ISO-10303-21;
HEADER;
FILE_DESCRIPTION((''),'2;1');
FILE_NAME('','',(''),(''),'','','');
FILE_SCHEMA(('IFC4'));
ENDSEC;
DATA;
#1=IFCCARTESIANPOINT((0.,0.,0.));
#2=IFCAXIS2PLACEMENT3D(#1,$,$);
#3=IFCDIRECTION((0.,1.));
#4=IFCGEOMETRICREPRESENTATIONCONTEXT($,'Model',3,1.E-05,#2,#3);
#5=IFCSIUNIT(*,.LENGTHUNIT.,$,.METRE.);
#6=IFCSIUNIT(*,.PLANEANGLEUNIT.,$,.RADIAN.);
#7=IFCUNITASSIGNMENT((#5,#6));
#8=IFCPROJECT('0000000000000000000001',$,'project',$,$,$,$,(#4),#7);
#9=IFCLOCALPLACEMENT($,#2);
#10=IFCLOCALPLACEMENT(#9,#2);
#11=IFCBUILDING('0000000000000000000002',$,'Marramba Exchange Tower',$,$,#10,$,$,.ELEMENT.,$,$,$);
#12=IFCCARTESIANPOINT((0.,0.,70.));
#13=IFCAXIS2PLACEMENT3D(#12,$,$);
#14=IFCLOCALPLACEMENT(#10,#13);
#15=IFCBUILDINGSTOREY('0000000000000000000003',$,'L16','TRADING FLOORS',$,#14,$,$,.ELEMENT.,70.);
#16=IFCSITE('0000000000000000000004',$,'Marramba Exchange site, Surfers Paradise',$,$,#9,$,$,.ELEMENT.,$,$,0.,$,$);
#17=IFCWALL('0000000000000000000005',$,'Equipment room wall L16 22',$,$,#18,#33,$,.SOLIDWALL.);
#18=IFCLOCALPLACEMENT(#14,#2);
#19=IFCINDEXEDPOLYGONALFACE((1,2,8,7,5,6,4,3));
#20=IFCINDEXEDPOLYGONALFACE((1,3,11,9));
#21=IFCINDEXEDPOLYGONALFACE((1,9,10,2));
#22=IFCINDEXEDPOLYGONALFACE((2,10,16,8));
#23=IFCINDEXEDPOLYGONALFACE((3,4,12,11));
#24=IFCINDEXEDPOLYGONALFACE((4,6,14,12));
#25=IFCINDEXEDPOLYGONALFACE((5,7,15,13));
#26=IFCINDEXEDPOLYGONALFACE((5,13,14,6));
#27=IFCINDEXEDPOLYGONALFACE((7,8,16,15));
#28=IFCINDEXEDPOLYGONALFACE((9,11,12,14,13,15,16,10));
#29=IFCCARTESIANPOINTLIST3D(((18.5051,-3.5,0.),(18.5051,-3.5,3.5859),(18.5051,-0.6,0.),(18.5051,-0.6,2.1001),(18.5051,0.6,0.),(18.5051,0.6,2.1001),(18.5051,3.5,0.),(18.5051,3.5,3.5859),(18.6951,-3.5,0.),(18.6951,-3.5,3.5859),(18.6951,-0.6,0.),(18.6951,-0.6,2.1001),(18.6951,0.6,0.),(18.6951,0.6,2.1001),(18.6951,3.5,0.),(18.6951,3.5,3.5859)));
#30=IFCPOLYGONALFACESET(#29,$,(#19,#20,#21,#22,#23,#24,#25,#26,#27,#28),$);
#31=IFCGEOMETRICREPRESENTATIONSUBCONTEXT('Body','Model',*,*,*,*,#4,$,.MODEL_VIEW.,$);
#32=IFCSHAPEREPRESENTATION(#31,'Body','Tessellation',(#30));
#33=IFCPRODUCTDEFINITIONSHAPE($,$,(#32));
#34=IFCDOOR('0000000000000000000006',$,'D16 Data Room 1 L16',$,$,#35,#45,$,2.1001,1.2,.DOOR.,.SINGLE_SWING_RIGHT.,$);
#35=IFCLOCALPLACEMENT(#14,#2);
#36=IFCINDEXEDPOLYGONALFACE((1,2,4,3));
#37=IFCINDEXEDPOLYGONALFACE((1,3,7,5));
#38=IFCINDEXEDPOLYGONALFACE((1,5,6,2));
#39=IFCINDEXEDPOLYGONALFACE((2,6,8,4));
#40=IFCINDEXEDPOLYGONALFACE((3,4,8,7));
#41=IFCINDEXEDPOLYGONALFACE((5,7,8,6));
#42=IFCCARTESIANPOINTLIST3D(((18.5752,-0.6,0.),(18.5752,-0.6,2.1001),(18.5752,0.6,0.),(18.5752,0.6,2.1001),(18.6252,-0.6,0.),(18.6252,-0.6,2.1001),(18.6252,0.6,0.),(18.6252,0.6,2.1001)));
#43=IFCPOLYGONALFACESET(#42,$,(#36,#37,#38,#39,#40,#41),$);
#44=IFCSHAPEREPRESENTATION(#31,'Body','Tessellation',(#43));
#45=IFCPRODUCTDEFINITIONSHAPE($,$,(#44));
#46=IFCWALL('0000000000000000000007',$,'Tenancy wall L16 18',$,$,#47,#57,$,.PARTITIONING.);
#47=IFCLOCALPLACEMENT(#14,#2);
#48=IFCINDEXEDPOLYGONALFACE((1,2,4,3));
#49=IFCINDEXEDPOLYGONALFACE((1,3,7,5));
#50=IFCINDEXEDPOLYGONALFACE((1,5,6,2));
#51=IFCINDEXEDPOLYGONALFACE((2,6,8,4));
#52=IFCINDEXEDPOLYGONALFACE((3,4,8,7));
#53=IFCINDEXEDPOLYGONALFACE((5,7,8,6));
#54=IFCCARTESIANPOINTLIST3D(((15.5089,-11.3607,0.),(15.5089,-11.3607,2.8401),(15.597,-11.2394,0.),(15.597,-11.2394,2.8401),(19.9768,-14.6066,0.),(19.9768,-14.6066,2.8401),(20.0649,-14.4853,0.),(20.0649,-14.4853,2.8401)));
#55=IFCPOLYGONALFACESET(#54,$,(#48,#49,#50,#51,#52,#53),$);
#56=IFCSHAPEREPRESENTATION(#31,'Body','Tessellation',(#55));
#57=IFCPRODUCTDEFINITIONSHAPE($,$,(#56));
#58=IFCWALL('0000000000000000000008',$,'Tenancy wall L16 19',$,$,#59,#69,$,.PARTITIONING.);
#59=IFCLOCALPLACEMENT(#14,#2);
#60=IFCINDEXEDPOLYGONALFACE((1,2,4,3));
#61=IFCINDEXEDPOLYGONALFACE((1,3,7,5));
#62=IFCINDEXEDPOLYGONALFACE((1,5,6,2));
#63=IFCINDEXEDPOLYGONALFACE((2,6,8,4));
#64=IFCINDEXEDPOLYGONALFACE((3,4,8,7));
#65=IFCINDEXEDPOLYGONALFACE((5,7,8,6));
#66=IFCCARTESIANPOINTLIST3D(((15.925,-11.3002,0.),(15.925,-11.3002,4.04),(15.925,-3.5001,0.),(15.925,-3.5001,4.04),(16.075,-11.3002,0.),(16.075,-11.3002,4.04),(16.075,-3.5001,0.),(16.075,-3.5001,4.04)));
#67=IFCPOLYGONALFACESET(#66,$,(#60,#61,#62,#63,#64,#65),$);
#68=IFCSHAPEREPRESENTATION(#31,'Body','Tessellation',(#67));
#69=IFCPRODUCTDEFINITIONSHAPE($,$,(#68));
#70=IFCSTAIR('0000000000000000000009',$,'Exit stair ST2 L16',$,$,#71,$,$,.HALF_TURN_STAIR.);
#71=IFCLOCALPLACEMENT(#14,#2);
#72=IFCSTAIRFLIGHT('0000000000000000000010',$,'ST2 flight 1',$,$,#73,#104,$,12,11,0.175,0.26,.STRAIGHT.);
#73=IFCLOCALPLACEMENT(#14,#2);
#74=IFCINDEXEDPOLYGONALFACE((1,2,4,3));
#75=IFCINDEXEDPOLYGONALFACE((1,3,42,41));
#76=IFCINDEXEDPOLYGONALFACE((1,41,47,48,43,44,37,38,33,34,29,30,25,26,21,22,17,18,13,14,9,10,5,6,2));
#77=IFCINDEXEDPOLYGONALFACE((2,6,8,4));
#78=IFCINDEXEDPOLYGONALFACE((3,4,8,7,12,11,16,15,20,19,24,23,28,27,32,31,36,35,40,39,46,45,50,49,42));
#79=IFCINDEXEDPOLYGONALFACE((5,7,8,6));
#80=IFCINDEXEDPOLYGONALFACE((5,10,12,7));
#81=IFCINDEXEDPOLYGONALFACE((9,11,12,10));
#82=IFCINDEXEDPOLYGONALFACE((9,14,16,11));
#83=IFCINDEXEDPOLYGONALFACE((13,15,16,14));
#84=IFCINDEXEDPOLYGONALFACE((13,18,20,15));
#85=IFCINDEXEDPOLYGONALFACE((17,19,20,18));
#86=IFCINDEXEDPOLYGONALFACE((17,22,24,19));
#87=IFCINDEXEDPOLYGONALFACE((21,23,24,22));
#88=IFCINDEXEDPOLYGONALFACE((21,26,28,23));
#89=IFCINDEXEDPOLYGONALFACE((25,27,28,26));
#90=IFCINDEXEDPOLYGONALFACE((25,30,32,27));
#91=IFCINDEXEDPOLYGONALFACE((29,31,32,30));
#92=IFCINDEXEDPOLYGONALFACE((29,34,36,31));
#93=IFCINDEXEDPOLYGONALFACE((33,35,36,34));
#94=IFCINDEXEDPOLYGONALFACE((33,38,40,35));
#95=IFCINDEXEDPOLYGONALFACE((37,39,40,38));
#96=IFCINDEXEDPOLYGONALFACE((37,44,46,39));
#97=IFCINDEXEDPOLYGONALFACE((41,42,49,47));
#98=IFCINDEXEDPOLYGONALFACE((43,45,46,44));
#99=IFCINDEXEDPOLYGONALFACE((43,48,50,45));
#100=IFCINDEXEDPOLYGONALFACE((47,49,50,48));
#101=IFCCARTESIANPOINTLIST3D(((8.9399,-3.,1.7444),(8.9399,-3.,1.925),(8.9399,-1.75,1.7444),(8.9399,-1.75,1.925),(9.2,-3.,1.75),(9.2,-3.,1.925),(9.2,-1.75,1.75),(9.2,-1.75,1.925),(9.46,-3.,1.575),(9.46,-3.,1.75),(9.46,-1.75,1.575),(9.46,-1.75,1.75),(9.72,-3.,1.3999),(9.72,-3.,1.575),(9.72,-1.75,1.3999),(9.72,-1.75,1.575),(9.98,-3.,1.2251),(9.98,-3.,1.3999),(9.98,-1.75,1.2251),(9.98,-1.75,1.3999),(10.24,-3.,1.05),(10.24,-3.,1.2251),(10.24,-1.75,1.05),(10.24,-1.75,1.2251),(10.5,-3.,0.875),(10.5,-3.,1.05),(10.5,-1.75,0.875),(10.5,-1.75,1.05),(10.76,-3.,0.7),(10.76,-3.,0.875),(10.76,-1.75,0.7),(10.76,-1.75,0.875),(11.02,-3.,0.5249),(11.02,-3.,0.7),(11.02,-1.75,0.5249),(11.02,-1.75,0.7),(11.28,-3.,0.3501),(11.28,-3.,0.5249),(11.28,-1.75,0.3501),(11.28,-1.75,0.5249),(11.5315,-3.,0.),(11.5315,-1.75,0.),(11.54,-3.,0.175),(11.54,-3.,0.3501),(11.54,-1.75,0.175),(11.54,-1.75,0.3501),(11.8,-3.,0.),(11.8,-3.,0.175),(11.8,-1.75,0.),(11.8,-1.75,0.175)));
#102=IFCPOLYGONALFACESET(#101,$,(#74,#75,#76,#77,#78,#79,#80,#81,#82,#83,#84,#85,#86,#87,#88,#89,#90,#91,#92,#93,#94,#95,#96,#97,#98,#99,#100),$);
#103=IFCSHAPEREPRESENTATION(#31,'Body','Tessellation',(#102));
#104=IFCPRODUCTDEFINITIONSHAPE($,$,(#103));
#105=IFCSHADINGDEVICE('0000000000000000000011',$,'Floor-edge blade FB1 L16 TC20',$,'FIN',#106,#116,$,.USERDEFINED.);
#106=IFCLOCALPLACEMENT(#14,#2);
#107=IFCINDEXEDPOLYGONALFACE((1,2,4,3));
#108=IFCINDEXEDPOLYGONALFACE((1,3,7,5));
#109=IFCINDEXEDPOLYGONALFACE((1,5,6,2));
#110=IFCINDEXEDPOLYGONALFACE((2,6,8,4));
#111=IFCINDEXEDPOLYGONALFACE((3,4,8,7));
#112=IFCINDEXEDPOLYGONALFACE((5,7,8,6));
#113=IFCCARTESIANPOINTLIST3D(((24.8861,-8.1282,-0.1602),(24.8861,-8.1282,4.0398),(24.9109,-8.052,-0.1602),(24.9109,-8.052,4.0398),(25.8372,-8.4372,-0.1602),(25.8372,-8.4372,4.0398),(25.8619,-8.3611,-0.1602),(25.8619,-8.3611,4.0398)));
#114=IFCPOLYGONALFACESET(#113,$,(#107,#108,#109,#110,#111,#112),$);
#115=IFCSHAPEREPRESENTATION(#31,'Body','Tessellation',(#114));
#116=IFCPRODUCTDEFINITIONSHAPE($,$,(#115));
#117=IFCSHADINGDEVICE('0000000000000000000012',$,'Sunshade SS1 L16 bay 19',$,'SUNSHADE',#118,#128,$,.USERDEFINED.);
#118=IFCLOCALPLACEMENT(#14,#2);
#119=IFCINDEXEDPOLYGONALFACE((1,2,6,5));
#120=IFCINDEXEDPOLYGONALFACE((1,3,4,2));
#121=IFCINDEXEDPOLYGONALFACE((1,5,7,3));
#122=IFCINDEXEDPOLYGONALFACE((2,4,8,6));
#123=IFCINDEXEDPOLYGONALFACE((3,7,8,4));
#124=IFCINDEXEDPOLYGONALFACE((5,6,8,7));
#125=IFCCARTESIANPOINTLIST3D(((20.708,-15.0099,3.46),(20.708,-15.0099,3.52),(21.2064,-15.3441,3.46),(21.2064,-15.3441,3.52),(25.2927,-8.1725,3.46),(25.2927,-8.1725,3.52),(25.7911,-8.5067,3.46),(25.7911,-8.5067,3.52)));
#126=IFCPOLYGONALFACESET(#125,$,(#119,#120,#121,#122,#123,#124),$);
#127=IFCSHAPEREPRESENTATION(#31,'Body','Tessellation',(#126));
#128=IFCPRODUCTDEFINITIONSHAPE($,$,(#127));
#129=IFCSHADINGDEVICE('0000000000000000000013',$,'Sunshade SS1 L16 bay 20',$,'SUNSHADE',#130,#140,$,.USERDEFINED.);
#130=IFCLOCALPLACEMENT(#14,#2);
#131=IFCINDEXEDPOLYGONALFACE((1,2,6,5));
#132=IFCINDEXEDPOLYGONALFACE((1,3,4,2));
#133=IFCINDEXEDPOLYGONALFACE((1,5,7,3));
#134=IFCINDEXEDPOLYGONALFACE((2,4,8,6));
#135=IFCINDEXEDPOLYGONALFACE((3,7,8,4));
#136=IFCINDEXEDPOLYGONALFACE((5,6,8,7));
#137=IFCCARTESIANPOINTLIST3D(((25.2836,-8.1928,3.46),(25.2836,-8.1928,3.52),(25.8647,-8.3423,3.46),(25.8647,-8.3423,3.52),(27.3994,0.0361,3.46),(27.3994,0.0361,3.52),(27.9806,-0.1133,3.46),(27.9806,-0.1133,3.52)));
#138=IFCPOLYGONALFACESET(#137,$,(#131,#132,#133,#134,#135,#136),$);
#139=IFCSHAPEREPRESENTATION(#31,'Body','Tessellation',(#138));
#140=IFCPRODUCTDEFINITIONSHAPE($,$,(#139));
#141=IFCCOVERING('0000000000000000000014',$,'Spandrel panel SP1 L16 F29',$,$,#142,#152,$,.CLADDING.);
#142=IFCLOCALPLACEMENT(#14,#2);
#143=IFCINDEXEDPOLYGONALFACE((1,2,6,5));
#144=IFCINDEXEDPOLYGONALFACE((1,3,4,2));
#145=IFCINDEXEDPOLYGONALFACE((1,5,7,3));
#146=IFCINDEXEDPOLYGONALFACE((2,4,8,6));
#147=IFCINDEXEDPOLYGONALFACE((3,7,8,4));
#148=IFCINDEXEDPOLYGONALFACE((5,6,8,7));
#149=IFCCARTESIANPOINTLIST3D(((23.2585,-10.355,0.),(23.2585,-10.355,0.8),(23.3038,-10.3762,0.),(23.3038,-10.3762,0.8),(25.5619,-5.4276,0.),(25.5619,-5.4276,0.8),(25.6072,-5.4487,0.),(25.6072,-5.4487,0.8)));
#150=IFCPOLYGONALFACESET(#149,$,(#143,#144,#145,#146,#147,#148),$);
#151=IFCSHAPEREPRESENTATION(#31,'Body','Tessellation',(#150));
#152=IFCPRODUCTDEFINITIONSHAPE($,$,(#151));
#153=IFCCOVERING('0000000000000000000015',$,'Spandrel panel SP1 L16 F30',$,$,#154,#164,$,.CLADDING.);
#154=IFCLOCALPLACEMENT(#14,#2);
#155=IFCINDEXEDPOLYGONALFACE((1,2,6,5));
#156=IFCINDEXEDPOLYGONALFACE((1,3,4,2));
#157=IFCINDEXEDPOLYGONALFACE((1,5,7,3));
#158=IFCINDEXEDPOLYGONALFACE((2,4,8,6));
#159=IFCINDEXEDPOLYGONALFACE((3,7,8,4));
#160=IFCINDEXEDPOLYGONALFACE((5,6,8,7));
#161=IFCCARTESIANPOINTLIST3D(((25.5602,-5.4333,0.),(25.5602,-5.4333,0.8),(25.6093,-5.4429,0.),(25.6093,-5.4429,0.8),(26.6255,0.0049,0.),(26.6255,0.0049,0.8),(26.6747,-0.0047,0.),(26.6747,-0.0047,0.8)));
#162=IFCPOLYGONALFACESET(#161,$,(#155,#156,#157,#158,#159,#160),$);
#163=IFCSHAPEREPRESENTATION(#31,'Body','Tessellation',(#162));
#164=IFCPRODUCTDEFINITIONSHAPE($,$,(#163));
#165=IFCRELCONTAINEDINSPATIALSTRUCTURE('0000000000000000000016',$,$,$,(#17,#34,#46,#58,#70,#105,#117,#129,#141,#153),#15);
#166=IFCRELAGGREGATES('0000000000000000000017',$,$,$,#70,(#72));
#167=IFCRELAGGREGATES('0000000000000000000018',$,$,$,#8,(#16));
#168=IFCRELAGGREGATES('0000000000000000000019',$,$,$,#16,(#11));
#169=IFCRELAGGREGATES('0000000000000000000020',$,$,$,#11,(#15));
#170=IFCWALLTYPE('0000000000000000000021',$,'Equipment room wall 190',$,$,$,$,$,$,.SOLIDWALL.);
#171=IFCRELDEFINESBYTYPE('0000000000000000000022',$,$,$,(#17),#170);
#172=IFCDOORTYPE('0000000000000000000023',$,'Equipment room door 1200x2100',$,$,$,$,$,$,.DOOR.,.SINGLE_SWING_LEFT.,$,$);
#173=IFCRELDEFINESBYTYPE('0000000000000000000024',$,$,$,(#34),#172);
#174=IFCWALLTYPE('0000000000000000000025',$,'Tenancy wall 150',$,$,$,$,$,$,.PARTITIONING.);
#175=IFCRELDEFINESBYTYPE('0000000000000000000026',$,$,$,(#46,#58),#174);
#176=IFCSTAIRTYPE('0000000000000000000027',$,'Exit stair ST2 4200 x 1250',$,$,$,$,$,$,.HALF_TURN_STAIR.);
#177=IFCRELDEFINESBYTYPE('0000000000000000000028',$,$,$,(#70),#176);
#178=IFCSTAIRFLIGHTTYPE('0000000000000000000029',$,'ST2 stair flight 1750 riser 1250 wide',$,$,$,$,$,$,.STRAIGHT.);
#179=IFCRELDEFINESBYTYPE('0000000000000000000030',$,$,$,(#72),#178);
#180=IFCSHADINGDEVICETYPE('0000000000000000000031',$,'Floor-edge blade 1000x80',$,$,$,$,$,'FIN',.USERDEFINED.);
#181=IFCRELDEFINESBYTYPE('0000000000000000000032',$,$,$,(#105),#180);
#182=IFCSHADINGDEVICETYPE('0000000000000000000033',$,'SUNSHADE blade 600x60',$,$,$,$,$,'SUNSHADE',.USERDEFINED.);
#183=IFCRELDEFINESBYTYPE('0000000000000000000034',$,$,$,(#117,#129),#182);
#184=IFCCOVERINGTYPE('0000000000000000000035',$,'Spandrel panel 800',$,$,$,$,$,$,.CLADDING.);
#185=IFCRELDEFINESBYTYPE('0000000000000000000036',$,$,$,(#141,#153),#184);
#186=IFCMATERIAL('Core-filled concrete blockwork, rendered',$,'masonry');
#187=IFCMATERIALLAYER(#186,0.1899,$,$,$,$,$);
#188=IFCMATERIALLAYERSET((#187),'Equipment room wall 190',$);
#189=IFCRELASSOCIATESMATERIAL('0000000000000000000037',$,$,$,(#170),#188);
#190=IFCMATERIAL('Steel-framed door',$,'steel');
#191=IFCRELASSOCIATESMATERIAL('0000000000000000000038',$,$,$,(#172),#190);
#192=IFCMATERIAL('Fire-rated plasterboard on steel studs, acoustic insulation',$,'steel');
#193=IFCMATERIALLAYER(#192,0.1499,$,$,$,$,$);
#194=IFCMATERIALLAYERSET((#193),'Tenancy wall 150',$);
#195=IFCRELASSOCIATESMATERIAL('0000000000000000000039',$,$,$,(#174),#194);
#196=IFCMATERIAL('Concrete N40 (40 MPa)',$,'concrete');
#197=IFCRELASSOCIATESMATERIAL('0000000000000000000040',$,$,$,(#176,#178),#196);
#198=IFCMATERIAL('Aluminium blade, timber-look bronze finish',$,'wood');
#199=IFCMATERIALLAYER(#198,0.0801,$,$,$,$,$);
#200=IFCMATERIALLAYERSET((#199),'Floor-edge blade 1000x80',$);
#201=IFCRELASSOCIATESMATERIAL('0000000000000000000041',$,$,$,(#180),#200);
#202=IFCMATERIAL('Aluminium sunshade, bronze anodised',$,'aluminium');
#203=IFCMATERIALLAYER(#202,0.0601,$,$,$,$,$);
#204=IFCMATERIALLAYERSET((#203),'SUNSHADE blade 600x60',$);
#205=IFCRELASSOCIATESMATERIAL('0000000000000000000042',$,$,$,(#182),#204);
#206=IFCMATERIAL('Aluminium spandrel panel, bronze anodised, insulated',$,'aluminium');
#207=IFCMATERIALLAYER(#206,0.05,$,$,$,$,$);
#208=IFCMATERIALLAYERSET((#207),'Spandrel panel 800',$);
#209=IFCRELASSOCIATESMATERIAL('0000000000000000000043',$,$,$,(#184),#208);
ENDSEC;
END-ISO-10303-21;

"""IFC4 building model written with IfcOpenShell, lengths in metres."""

from ifc_helpers import new_model, si_unit, direction, frame, frame_2d, origin, origin_2d, place, context, subcontext, project, spatial, polyline, rectangle, outline, extrude, material, layer, layer_set, type_object, element, fill, aggregate, save


model = new_model("IFC4")

# Units and contexts
model_context = context("Model", 3, precision=1e-05, world=origin(), true_north=direction((0.0, 1.0)))
body_context = subcontext(model_context, "Body", "Model", "MODEL_VIEW")
ifc_project = project(units=[si_unit("LENGTHUNIT", "METRE"), si_unit("PLANEANGLEUNIT", "RADIAN")], contexts=[model_context])

# Site, building, storey
site_placement = place(None, origin())
site = spatial("IfcSite", under=ifc_project, at=site_placement, Name="Marramba Exchange site, Surfers Paradise", CompositionType="ELEMENT", RefElevation=0.0)
building_placement = place(site_placement, origin())
building = spatial("IfcBuilding", under=site, at=building_placement, Name="Marramba Exchange Tower", CompositionType="ELEMENT")
storey_placement = place(building_placement, frame((0.0, 0.0, 70.0)))
storey = spatial("IfcBuildingStorey", under=building, at=storey_placement, Name="L16", Description="TRADING FLOORS", CompositionType="ELEMENT", Elevation=70.0)

# Shared definitions
ifc_material_1 = material(Name="Steel-framed door", Category="steel")

# Shared definitions
ifc_material_2 = material(Name="Core-filled concrete blockwork, rendered", Category="masonry")
ifc_layer_1 = layer(ifc_material_2, 0.1899)
ifc_layer_set_1 = layer_set([ifc_layer_1], Name="Equipment room wall 190")
wall_type_1 = type_object("IfcWallType", Name="Equipment room wall 190", PredefinedType="SOLIDWALL", material=ifc_layer_set_1)

# Wall, opening, door
wall_1_placement = place(storey_placement, frame((18.6001, -3.5, 0.0), z_axis=(0.0, 0.0, 1.0), x_axis=(0.0, 1.0, 0.0)))
wall_1 = element("IfcWall", 1, at=wall_1_placement, inside=storey, type_object=wall_type_1, Name="Equipment room wall L16 22", PredefinedType="SOLIDWALL", context=body_context, shape_type="SweptSolid", body=[
    extrude(rectangle(XDim=7.0, YDim=0.1899, at=frame_2d((3.5, 0.0))), origin(), (0.0, 0.0, 1.0), 3.5859),
])
opening_1_placement = place(wall_1_placement, frame((2.8999, 0.0, 0.0)))
opening_1 = element("IfcOpeningElement", 2, at=opening_1_placement, cuts=wall_1, PredefinedType="OPENING", context=body_context, shape_type="SweptSolid", body=[
    extrude(rectangle(XDim=1.2, YDim=2.1001, at=frame_2d((0.6001, 1.05))), frame((0.0, 0.105, 0.0), z_axis=(0.0, -1.0, 0.0), x_axis=(1.0, 0.0, 0.0)), (0.0, 0.0, 1.0), 0.21),
])
door_type_1 = type_object("IfcDoorType", Name="Equipment room door 1200x2100", OperationType="SINGLE_SWING_LEFT", PredefinedType="DOOR", material=ifc_material_1)
door_1_placement = place(opening_1_placement, origin())
door_1 = element("IfcDoor", 3, at=door_1_placement, inside=storey, type_object=door_type_1, Name="D16 Data Room 1 L16", OperationType="SINGLE_SWING_RIGHT", OverallHeight=2.1001, OverallWidth=1.2, PredefinedType="DOOR", context=body_context, shape_type="SweptSolid", body=[
    extrude(rectangle(XDim=1.2, YDim=2.1001, at=frame_2d((0.6001, 1.05))), frame((0.0, 0.0249, 0.0), z_axis=(0.0, -1.0, 0.0), x_axis=(1.0, 0.0, 0.0)), (0.0, 0.0, 1.0), 0.05),
])
fill(opening_1, door_1)

# Walls
ifc_material_3 = material(Name="Fire-rated plasterboard on steel studs, acoustic insulation", Category="steel")
ifc_layer_2 = layer(ifc_material_3, 0.1499)
ifc_layer_set_2 = layer_set([ifc_layer_2], Name="Tenancy wall 150")
wall_type_2 = type_object("IfcWallType", Name="Tenancy wall 150", PredefinedType="PARTITIONING", material=ifc_layer_set_2)
wall_2_placement = place(storey_placement, frame((15.553, -11.3, 0.0), z_axis=(0.0, 0.0, 1.0), x_axis=(0.809032, -0.587764, 0.0)))
element("IfcWall", 4, at=wall_2_placement, inside=storey, type_object=wall_type_2, Name="Tenancy wall L16 18", PredefinedType="PARTITIONING", context=body_context, shape_type="SweptSolid", body=[
    extrude(rectangle(XDim=5.5225, YDim=0.1499, at=frame_2d((2.7612, 0.0))), origin(), (0.0, 0.0, 1.0), 2.8401),
])
wall_3_placement = place(storey_placement, frame((16.0, -11.3, 0.0), z_axis=(0.0, 0.0, 1.0), x_axis=(0.0, 1.0, 0.0)))
element("IfcWall", 5, at=wall_3_placement, inside=storey, type_object=wall_type_2, Name="Tenancy wall L16 19", PredefinedType="PARTITIONING", context=body_context, shape_type="SweptSolid", body=[
    extrude(rectangle(XDim=7.8, YDim=0.1499, at=frame_2d((3.8999, 0.0))), origin(), (0.0, 0.0, 1.0), 4.04),
])

# Stair, stair flight
ifc_material_4 = material(Name="Concrete N40 (40 MPa)", Category="concrete")
stair_type = type_object("IfcStairType", Name="Exit stair ST2 4200 x 1250", PredefinedType="HALF_TURN_STAIR", material=ifc_material_4)
stair_placement = place(storey_placement, origin())
stair = element("IfcStair", 6, at=stair_placement, inside=storey, type_object=stair_type, Name="Exit stair ST2 L16", PredefinedType="HALF_TURN_STAIR")
stair_flight_type = type_object("IfcStairFlightType", Name="ST2 stair flight 1750 riser 1250 wide", PredefinedType="STRAIGHT", material=ifc_material_4)
stair_flight_placement = place(storey_placement, frame((11.8, -2.375, 0.0), z_axis=(0.0, 0.0, 1.0), x_axis=(-1.0, 0.0, 0.0)))
stair_flight = element("IfcStairFlight", 7, at=stair_flight_placement, type_object=stair_flight_type, Name="ST2 flight 1", NumberOfRisers=12, NumberOfTreads=11, PredefinedType="STRAIGHT", RiserHeight=0.175, TreadLength=0.26, context=body_context, shape_type="SweptSolid", body=[
    extrude(outline(polyline([(0.0, 0.0), (0.0, 0.175), (0.26, 0.175), (0.26, 0.3501), (0.52, 0.3501), (0.52, 0.5249), (0.78, 0.5249), (0.78, 0.7), (1.04, 0.7), (1.04, 0.875), (1.3, 0.875), (1.3, 1.05), (1.5601, 1.05), (1.5601, 1.2251), (1.8201, 1.2251), (1.8201, 1.3999), (2.0801, 1.3999), (2.0801, 1.575), (2.3401, 1.575), (2.3401, 1.75), (2.6001, 1.75), (2.6001, 1.925), (2.8601, 1.925), (2.8601, 2.1001), (2.8601, 1.7444), (0.2686, 0.0), (0.0, 0.0)])), frame((0.0, 0.625, 0.0), z_axis=(0.0, -1.0, 0.0), x_axis=(1.0, 0.0, 0.0)), (0.0, 0.0, 1.0), 1.25),
])
aggregate(stair, [stair_flight])

# Shading devices
ifc_material_5 = material(Name="Aluminium blade, timber-look bronze finish", Category="wood")
ifc_layer_3 = layer(ifc_material_5, 0.0801)
ifc_layer_set_3 = layer_set([ifc_layer_3], Name="Floor-edge blade 1000x80")
shading_device_type_1 = type_object("IfcShadingDeviceType", Name="Floor-edge blade 1000x80", ElementType="FIN", PredefinedType="USERDEFINED", material=ifc_layer_set_3)
shading_device_1_placement = place(storey_placement, frame((25.374, -8.2446, -0.1602), z_axis=(0.0, 0.0, 1.0), x_axis=(0.951057, -0.309017, 0.0)))
element("IfcShadingDevice", 8, at=shading_device_1_placement, inside=storey, type_object=shading_device_type_1, Name="Floor-edge blade FB1 L16 TC20", ObjectType="FIN", PredefinedType="USERDEFINED", context=body_context, shape_type="SweptSolid", body=[
    extrude(rectangle(XDim=1.0, YDim=0.0801, at=origin_2d()), origin(), (0.0, 0.0, 1.0), 4.2),
])
ifc_material_6 = material(Name="Aluminium sunshade, bronze anodised", Category="aluminium")
ifc_layer_4 = layer(ifc_material_6, 0.0601)
ifc_layer_set_4 = layer_set([ifc_layer_4], Name="SUNSHADE blade 600x60")
shading_device_type_2 = type_object("IfcShadingDeviceType", Name="SUNSHADE blade 600x60", ElementType="SUNSHADE", PredefinedType="USERDEFINED", material=ifc_layer_set_4)
shading_device_2_placement = place(storey_placement, frame((23.2495, -11.7583, 3.46), z_axis=(0.0, 0.0, 1.0), x_axis=(0.556924, 0.830563, 0.0)))
element("IfcShadingDevice", 9, at=shading_device_2_placement, inside=storey, type_object=shading_device_type_2, Name="Sunshade SS1 L16 bay 19", ObjectType="SUNSHADE", PredefinedType="USERDEFINED", context=body_context, shape_type="SweptSolid", body=[
    extrude(rectangle(XDim=8.2322, YDim=0.6001, at=origin_2d()), origin(), (0.0, 0.0, 1.0), 0.0601),
])
shading_device_3_placement = place(storey_placement, frame((26.6321, -4.1531, 3.46), z_axis=(0.0, 0.0, 1.0), x_axis=(0.249025, 0.968497, 0.0)))
element("IfcShadingDevice", 10, at=shading_device_3_placement, inside=storey, type_object=shading_device_type_2, Name="Sunshade SS1 L16 bay 20", ObjectType="SUNSHADE", PredefinedType="USERDEFINED", context=body_context, shape_type="SweptSolid", body=[
    extrude(rectangle(XDim=8.4966, YDim=0.6001, at=origin_2d()), origin(), (0.0, 0.0, 1.0), 0.0601),
])

# Coverings
ifc_material_7 = material(Name="Aluminium spandrel panel, bronze anodised, insulated", Category="aluminium")
ifc_layer_5 = layer(ifc_material_7, 0.05)
ifc_layer_set_5 = layer_set([ifc_layer_5], Name="Spandrel panel 800")
covering_type = type_object("IfcCoveringType", Name="Spandrel panel 800", PredefinedType="CLADDING", material=ifc_layer_set_5)
covering_1_placement = place(storey_placement, frame((24.4329, -7.9019, 0.0), z_axis=(0.0, 0.0, 1.0), x_axis=(0.423477, 0.905907, 0.0)))
element("IfcCovering", 11, at=covering_1_placement, inside=storey, type_object=covering_type, Name="Spandrel panel SP1 L16 F29", PredefinedType="CLADDING", context=body_context, shape_type="SweptSolid", body=[
    extrude(rectangle(XDim=5.4392, YDim=0.05, at=origin_2d()), origin(), (0.0, 0.0, 1.0), 0.8),
])
covering_2_placement = place(storey_placement, frame((26.1174, -2.719, 0.0), z_axis=(0.0, 0.0, 1.0), x_axis=(0.192249, 0.981346, 0.0)))
element("IfcCovering", 12, at=covering_2_placement, inside=storey, type_object=covering_type, Name="Spandrel panel SP1 L16 F30", PredefinedType="CLADDING", context=body_context, shape_type="SweptSolid", body=[
    extrude(rectangle(XDim=5.5415, YDim=0.05, at=origin_2d()), origin(), (0.0, 0.0, 1.0), 0.8),
])

save(model, "model.ifc")
